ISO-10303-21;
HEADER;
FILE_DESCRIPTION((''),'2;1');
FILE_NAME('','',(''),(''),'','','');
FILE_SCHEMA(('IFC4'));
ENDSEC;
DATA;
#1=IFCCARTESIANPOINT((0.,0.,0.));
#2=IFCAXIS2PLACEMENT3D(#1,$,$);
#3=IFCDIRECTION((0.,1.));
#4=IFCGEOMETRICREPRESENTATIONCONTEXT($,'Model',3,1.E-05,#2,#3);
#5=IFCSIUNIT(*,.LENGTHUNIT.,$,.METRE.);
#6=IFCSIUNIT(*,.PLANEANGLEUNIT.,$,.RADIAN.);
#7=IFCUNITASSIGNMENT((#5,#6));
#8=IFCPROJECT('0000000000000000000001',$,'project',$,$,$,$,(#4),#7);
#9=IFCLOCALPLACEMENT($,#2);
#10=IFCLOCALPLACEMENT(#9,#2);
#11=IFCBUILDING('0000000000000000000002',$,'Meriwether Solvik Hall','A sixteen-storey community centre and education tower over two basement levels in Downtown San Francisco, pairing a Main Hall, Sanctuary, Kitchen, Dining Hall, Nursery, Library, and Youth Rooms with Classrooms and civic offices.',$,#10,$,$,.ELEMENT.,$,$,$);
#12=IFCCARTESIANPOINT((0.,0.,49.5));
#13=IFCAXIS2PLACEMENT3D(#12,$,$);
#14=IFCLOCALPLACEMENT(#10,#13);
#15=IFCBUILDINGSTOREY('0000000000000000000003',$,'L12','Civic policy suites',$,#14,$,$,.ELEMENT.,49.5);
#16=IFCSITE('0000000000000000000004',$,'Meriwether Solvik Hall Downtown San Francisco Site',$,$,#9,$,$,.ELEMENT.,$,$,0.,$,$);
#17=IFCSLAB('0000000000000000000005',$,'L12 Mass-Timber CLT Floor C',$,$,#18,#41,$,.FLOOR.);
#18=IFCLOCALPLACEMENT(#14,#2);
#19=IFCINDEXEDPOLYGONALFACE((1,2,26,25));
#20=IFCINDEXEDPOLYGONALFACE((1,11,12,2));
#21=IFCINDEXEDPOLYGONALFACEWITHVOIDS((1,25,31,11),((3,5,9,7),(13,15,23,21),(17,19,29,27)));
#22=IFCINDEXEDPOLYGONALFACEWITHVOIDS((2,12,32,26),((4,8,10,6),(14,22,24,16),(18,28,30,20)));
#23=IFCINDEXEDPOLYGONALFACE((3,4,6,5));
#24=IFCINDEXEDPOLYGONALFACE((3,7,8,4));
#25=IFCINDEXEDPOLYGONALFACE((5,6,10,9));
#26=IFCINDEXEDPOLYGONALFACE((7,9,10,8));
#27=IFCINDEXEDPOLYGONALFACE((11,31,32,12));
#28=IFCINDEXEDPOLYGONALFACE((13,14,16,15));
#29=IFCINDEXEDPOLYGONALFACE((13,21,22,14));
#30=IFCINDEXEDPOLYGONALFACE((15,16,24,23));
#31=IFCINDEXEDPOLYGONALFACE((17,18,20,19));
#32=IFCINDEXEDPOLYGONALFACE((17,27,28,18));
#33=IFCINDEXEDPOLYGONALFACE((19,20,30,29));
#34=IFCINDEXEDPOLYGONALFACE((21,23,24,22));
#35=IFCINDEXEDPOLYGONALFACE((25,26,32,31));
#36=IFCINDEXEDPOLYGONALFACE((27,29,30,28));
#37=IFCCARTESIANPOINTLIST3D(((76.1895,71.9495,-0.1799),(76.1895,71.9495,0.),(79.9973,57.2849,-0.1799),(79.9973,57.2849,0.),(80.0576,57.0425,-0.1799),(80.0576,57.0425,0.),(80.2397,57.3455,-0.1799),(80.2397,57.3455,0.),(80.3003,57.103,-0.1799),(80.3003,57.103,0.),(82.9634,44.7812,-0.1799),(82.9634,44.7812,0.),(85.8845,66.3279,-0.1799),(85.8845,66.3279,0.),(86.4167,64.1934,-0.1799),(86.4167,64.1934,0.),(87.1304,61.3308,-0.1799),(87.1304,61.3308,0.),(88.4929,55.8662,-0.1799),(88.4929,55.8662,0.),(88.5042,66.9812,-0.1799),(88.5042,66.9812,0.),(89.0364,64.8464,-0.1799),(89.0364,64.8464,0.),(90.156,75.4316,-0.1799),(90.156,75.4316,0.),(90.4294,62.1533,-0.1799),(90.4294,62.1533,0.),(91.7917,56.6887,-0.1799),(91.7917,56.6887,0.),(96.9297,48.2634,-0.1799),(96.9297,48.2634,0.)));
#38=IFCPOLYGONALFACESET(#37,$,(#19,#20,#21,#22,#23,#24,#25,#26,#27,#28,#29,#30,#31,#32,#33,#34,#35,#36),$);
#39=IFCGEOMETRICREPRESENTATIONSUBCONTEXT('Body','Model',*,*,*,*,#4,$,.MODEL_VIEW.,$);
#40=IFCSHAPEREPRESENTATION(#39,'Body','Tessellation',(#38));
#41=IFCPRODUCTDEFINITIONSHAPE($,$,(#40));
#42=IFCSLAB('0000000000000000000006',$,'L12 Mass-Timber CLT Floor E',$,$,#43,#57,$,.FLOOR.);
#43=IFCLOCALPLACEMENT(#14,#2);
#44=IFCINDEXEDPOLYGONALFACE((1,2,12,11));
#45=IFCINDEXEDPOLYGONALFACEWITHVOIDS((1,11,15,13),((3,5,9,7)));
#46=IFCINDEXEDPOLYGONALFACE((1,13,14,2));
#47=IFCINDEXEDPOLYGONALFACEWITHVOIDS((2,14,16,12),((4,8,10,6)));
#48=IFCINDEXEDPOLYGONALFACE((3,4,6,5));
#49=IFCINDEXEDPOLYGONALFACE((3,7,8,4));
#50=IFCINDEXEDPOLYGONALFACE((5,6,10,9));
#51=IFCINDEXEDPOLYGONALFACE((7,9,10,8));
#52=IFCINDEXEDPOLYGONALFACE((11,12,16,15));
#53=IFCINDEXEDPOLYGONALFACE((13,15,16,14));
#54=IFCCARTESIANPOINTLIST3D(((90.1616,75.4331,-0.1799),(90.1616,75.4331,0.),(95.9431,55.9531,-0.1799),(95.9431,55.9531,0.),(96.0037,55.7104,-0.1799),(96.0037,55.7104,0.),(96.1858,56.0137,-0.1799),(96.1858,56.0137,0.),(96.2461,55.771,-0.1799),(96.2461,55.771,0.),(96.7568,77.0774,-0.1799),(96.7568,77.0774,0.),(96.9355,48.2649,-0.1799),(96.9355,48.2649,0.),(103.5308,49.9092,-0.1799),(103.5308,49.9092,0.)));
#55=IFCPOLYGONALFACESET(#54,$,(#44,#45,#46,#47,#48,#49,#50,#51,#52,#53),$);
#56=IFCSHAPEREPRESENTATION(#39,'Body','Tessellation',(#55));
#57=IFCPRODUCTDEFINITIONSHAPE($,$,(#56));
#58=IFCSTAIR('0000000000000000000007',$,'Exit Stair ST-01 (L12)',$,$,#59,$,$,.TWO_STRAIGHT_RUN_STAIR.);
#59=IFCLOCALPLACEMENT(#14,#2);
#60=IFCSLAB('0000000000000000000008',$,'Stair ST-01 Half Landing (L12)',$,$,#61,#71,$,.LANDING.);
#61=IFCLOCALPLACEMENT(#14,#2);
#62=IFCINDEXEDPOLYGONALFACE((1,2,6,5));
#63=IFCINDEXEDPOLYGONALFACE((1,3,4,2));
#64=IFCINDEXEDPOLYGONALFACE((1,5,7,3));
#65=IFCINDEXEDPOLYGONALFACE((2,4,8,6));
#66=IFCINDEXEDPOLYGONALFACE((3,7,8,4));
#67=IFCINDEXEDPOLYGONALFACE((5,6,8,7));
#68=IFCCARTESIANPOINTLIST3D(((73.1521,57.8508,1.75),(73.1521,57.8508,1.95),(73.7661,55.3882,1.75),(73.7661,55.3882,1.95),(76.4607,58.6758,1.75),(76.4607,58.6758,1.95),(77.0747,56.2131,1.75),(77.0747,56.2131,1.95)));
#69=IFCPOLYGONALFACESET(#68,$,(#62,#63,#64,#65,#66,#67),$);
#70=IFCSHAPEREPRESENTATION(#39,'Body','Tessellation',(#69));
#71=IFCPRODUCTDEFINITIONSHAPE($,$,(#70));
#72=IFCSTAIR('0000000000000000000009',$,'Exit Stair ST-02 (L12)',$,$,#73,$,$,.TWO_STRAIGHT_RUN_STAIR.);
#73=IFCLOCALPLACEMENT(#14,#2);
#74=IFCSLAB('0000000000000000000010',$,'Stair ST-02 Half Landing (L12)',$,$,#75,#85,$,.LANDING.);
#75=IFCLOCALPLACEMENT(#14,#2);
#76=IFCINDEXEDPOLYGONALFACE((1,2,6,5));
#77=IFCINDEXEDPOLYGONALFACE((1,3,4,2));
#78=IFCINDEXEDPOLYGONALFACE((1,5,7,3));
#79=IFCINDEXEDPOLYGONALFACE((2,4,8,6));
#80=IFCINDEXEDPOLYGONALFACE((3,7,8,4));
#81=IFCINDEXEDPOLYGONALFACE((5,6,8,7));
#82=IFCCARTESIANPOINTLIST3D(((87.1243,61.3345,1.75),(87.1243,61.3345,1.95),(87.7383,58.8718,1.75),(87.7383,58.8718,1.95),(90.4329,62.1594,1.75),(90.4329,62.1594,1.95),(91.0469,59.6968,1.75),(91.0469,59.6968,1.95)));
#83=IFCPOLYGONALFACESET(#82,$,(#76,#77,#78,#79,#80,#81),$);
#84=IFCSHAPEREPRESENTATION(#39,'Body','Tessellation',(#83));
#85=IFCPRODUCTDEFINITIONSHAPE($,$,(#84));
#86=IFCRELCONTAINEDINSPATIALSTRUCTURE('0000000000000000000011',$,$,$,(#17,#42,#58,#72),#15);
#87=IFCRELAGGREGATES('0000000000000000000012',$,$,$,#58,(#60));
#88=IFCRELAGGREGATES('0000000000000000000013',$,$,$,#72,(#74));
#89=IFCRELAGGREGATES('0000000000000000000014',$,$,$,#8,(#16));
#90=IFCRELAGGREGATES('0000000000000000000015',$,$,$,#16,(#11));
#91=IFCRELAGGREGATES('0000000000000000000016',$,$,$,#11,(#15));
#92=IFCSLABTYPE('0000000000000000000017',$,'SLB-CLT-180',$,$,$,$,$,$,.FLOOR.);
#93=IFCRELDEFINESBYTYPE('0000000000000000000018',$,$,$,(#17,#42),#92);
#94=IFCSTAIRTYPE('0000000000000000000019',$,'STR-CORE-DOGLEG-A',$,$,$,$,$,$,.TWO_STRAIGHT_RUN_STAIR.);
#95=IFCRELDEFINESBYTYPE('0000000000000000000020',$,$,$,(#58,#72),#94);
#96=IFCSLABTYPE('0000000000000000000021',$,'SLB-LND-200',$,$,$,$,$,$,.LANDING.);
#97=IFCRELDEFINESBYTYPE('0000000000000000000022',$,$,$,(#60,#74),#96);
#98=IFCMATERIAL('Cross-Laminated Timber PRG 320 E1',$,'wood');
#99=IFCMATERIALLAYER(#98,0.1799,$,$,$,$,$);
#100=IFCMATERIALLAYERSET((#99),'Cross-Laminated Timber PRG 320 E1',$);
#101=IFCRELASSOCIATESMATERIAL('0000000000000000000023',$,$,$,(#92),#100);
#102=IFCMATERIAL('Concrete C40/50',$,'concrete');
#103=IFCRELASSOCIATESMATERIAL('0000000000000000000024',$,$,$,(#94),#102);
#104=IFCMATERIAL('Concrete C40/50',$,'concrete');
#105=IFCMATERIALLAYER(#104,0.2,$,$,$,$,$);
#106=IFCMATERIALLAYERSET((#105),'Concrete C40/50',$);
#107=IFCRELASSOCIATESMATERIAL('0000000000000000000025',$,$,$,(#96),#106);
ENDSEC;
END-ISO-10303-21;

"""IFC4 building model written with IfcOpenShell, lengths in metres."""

from ifc_helpers import new_model, si_unit, direction, frame, origin, place, context, subcontext, project, spatial, polyline, outline, extrude, material, layer, layer_set, type_object, element, aggregate, save


model = new_model("IFC4")

# Units and contexts
model_context = context("Model", 3, precision=1e-05, world=origin(), true_north=direction((0.0, 1.0)))
body_context = subcontext(model_context, "Body", "Model", "MODEL_VIEW")
ifc_project = project(units=[si_unit("LENGTHUNIT", "METRE"), si_unit("PLANEANGLEUNIT", "RADIAN")], contexts=[model_context])

# Site, building, storey
site_placement = place(None, origin())
site = spatial("IfcSite", under=ifc_project, at=site_placement, Name="Meriwether Solvik Hall Downtown San Francisco Site", CompositionType="ELEMENT", RefElevation=0.0)
building_placement = place(site_placement, origin())
building = spatial("IfcBuilding", under=site, at=building_placement, Name="Meriwether Solvik Hall", Description="A sixteen-storey community centre and education tower over two basement levels in Downtown San Francisco, pairing a Main Hall, Sanctuary, Kitchen, Dining Hall, Nursery, Library, and Youth Rooms with Classrooms and civic offices.", CompositionType="ELEMENT")
storey_placement = place(building_placement, frame((0.0, 0.0, 49.5)))
storey = spatial("IfcBuildingStorey", under=building, at=storey_placement, Name="L12", Description="Civic policy suites", CompositionType="ELEMENT", Elevation=49.5)

# Slabs
ifc_material_1 = material(Name="Cross-Laminated Timber PRG 320 E1", Category="wood")
ifc_layer_1 = layer(ifc_material_1, 0.1799)
ifc_layer_set_1 = layer_set([ifc_layer_1], Name="Cross-Laminated Timber PRG 320 E1")
slab_type_1 = type_object("IfcSlabType", Name="SLB-CLT-180", PredefinedType="FLOOR", material=ifc_layer_set_1)
slab_1_placement = place(storey_placement, frame((0.0, 0.0, -0.1799)))
element("IfcSlab", 1, at=slab_1_placement, inside=storey, type_object=slab_type_1, Name="L12 Mass-Timber CLT Floor C", PredefinedType="FLOOR", context=body_context, shape_type="SweptSolid", body=[
    extrude(outline(polyline([(90.156, 75.4316), (96.9297, 48.2634), (82.9634, 44.7812), (76.1895, 71.9495), (90.156, 75.4316)]), holes=[polyline([(79.9973, 57.2849), (80.0576, 57.0425), (80.3003, 57.103), (80.2397, 57.3455), (79.9973, 57.2849)]), polyline([(88.4929, 55.8662), (91.7917, 56.6887), (90.4294, 62.1533), (87.1304, 61.3308), (88.4929, 55.8662)]), polyline([(85.8845, 66.3279), (86.4167, 64.1934), (89.0364, 64.8464), (88.5042, 66.9812), (85.8845, 66.3279)])]), origin(), (0.0, 0.0, 1.0), 0.1799),
])
slab_2_placement = place(storey_placement, frame((0.0, 0.0, -0.1799)))
element("IfcSlab", 2, at=slab_2_placement, inside=storey, type_object=slab_type_1, Name="L12 Mass-Timber CLT Floor E", PredefinedType="FLOOR", context=body_context, shape_type="SweptSolid", body=[
    extrude(outline(polyline([(96.7568, 77.0774), (103.5308, 49.9092), (96.9355, 48.2649), (90.1616, 75.4331), (96.7568, 77.0774)]), holes=[polyline([(95.9431, 55.9531), (96.0037, 55.7104), (96.2461, 55.771), (96.1858, 56.0137), (95.9431, 55.9531)])]), origin(), (0.0, 0.0, 1.0), 0.1799),
])

# Stairs, slabs
ifc_material_2 = material(Name="Concrete C40/50", Category="concrete")
stair_type = type_object("IfcStairType", Name="STR-CORE-DOGLEG-A", PredefinedType="TWO_STRAIGHT_RUN_STAIR", material=ifc_material_2)
stair_1_placement = place(storey_placement, origin())
stair_1 = element("IfcStair", 3, at=stair_1_placement, inside=storey, type_object=stair_type, Name="Exit Stair ST-01 (L12)", PredefinedType="TWO_STRAIGHT_RUN_STAIR")
ifc_material_3 = material(Name="Concrete C40/50", Category="concrete")
ifc_layer_2 = layer(ifc_material_3, 0.2)
ifc_layer_set_2 = layer_set([ifc_layer_2], Name="Concrete C40/50")
slab_type_2 = type_object("IfcSlabType", Name="SLB-LND-200", PredefinedType="LANDING", material=ifc_layer_set_2)
slab_3_placement = place(storey_placement, frame((0.0, 0.0, 1.75)))
slab_3 = element("IfcSlab", 4, at=slab_3_placement, type_object=slab_type_2, Name="Stair ST-01 Half Landing (L12)", PredefinedType="LANDING", context=body_context, shape_type="SweptSolid", body=[
    extrude(outline(polyline([(73.7661, 55.3882), (77.0747, 56.2131), (76.4607, 58.6758), (73.1521, 57.8508), (73.7661, 55.3882)])), origin(), (0.0, 0.0, 1.0), 0.2),
])
aggregate(stair_1, [slab_3])
stair_2_placement = place(storey_placement, origin())
stair_2 = element("IfcStair", 5, at=stair_2_placement, inside=storey, type_object=stair_type, Name="Exit Stair ST-02 (L12)", PredefinedType="TWO_STRAIGHT_RUN_STAIR")
slab_4_placement = place(storey_placement, frame((0.0, 0.0, 1.75)))
slab_4 = element("IfcSlab", 6, at=slab_4_placement, type_object=slab_type_2, Name="Stair ST-02 Half Landing (L12)", PredefinedType="LANDING", context=body_context, shape_type="SweptSolid", body=[
    extrude(outline(polyline([(87.7383, 58.8718), (91.0469, 59.6968), (90.4329, 62.1594), (87.1243, 61.3345), (87.7383, 58.8718)])), origin(), (0.0, 0.0, 1.0), 0.2),
])
aggregate(stair_2, [slab_4])

save(model, "model.ifc")
